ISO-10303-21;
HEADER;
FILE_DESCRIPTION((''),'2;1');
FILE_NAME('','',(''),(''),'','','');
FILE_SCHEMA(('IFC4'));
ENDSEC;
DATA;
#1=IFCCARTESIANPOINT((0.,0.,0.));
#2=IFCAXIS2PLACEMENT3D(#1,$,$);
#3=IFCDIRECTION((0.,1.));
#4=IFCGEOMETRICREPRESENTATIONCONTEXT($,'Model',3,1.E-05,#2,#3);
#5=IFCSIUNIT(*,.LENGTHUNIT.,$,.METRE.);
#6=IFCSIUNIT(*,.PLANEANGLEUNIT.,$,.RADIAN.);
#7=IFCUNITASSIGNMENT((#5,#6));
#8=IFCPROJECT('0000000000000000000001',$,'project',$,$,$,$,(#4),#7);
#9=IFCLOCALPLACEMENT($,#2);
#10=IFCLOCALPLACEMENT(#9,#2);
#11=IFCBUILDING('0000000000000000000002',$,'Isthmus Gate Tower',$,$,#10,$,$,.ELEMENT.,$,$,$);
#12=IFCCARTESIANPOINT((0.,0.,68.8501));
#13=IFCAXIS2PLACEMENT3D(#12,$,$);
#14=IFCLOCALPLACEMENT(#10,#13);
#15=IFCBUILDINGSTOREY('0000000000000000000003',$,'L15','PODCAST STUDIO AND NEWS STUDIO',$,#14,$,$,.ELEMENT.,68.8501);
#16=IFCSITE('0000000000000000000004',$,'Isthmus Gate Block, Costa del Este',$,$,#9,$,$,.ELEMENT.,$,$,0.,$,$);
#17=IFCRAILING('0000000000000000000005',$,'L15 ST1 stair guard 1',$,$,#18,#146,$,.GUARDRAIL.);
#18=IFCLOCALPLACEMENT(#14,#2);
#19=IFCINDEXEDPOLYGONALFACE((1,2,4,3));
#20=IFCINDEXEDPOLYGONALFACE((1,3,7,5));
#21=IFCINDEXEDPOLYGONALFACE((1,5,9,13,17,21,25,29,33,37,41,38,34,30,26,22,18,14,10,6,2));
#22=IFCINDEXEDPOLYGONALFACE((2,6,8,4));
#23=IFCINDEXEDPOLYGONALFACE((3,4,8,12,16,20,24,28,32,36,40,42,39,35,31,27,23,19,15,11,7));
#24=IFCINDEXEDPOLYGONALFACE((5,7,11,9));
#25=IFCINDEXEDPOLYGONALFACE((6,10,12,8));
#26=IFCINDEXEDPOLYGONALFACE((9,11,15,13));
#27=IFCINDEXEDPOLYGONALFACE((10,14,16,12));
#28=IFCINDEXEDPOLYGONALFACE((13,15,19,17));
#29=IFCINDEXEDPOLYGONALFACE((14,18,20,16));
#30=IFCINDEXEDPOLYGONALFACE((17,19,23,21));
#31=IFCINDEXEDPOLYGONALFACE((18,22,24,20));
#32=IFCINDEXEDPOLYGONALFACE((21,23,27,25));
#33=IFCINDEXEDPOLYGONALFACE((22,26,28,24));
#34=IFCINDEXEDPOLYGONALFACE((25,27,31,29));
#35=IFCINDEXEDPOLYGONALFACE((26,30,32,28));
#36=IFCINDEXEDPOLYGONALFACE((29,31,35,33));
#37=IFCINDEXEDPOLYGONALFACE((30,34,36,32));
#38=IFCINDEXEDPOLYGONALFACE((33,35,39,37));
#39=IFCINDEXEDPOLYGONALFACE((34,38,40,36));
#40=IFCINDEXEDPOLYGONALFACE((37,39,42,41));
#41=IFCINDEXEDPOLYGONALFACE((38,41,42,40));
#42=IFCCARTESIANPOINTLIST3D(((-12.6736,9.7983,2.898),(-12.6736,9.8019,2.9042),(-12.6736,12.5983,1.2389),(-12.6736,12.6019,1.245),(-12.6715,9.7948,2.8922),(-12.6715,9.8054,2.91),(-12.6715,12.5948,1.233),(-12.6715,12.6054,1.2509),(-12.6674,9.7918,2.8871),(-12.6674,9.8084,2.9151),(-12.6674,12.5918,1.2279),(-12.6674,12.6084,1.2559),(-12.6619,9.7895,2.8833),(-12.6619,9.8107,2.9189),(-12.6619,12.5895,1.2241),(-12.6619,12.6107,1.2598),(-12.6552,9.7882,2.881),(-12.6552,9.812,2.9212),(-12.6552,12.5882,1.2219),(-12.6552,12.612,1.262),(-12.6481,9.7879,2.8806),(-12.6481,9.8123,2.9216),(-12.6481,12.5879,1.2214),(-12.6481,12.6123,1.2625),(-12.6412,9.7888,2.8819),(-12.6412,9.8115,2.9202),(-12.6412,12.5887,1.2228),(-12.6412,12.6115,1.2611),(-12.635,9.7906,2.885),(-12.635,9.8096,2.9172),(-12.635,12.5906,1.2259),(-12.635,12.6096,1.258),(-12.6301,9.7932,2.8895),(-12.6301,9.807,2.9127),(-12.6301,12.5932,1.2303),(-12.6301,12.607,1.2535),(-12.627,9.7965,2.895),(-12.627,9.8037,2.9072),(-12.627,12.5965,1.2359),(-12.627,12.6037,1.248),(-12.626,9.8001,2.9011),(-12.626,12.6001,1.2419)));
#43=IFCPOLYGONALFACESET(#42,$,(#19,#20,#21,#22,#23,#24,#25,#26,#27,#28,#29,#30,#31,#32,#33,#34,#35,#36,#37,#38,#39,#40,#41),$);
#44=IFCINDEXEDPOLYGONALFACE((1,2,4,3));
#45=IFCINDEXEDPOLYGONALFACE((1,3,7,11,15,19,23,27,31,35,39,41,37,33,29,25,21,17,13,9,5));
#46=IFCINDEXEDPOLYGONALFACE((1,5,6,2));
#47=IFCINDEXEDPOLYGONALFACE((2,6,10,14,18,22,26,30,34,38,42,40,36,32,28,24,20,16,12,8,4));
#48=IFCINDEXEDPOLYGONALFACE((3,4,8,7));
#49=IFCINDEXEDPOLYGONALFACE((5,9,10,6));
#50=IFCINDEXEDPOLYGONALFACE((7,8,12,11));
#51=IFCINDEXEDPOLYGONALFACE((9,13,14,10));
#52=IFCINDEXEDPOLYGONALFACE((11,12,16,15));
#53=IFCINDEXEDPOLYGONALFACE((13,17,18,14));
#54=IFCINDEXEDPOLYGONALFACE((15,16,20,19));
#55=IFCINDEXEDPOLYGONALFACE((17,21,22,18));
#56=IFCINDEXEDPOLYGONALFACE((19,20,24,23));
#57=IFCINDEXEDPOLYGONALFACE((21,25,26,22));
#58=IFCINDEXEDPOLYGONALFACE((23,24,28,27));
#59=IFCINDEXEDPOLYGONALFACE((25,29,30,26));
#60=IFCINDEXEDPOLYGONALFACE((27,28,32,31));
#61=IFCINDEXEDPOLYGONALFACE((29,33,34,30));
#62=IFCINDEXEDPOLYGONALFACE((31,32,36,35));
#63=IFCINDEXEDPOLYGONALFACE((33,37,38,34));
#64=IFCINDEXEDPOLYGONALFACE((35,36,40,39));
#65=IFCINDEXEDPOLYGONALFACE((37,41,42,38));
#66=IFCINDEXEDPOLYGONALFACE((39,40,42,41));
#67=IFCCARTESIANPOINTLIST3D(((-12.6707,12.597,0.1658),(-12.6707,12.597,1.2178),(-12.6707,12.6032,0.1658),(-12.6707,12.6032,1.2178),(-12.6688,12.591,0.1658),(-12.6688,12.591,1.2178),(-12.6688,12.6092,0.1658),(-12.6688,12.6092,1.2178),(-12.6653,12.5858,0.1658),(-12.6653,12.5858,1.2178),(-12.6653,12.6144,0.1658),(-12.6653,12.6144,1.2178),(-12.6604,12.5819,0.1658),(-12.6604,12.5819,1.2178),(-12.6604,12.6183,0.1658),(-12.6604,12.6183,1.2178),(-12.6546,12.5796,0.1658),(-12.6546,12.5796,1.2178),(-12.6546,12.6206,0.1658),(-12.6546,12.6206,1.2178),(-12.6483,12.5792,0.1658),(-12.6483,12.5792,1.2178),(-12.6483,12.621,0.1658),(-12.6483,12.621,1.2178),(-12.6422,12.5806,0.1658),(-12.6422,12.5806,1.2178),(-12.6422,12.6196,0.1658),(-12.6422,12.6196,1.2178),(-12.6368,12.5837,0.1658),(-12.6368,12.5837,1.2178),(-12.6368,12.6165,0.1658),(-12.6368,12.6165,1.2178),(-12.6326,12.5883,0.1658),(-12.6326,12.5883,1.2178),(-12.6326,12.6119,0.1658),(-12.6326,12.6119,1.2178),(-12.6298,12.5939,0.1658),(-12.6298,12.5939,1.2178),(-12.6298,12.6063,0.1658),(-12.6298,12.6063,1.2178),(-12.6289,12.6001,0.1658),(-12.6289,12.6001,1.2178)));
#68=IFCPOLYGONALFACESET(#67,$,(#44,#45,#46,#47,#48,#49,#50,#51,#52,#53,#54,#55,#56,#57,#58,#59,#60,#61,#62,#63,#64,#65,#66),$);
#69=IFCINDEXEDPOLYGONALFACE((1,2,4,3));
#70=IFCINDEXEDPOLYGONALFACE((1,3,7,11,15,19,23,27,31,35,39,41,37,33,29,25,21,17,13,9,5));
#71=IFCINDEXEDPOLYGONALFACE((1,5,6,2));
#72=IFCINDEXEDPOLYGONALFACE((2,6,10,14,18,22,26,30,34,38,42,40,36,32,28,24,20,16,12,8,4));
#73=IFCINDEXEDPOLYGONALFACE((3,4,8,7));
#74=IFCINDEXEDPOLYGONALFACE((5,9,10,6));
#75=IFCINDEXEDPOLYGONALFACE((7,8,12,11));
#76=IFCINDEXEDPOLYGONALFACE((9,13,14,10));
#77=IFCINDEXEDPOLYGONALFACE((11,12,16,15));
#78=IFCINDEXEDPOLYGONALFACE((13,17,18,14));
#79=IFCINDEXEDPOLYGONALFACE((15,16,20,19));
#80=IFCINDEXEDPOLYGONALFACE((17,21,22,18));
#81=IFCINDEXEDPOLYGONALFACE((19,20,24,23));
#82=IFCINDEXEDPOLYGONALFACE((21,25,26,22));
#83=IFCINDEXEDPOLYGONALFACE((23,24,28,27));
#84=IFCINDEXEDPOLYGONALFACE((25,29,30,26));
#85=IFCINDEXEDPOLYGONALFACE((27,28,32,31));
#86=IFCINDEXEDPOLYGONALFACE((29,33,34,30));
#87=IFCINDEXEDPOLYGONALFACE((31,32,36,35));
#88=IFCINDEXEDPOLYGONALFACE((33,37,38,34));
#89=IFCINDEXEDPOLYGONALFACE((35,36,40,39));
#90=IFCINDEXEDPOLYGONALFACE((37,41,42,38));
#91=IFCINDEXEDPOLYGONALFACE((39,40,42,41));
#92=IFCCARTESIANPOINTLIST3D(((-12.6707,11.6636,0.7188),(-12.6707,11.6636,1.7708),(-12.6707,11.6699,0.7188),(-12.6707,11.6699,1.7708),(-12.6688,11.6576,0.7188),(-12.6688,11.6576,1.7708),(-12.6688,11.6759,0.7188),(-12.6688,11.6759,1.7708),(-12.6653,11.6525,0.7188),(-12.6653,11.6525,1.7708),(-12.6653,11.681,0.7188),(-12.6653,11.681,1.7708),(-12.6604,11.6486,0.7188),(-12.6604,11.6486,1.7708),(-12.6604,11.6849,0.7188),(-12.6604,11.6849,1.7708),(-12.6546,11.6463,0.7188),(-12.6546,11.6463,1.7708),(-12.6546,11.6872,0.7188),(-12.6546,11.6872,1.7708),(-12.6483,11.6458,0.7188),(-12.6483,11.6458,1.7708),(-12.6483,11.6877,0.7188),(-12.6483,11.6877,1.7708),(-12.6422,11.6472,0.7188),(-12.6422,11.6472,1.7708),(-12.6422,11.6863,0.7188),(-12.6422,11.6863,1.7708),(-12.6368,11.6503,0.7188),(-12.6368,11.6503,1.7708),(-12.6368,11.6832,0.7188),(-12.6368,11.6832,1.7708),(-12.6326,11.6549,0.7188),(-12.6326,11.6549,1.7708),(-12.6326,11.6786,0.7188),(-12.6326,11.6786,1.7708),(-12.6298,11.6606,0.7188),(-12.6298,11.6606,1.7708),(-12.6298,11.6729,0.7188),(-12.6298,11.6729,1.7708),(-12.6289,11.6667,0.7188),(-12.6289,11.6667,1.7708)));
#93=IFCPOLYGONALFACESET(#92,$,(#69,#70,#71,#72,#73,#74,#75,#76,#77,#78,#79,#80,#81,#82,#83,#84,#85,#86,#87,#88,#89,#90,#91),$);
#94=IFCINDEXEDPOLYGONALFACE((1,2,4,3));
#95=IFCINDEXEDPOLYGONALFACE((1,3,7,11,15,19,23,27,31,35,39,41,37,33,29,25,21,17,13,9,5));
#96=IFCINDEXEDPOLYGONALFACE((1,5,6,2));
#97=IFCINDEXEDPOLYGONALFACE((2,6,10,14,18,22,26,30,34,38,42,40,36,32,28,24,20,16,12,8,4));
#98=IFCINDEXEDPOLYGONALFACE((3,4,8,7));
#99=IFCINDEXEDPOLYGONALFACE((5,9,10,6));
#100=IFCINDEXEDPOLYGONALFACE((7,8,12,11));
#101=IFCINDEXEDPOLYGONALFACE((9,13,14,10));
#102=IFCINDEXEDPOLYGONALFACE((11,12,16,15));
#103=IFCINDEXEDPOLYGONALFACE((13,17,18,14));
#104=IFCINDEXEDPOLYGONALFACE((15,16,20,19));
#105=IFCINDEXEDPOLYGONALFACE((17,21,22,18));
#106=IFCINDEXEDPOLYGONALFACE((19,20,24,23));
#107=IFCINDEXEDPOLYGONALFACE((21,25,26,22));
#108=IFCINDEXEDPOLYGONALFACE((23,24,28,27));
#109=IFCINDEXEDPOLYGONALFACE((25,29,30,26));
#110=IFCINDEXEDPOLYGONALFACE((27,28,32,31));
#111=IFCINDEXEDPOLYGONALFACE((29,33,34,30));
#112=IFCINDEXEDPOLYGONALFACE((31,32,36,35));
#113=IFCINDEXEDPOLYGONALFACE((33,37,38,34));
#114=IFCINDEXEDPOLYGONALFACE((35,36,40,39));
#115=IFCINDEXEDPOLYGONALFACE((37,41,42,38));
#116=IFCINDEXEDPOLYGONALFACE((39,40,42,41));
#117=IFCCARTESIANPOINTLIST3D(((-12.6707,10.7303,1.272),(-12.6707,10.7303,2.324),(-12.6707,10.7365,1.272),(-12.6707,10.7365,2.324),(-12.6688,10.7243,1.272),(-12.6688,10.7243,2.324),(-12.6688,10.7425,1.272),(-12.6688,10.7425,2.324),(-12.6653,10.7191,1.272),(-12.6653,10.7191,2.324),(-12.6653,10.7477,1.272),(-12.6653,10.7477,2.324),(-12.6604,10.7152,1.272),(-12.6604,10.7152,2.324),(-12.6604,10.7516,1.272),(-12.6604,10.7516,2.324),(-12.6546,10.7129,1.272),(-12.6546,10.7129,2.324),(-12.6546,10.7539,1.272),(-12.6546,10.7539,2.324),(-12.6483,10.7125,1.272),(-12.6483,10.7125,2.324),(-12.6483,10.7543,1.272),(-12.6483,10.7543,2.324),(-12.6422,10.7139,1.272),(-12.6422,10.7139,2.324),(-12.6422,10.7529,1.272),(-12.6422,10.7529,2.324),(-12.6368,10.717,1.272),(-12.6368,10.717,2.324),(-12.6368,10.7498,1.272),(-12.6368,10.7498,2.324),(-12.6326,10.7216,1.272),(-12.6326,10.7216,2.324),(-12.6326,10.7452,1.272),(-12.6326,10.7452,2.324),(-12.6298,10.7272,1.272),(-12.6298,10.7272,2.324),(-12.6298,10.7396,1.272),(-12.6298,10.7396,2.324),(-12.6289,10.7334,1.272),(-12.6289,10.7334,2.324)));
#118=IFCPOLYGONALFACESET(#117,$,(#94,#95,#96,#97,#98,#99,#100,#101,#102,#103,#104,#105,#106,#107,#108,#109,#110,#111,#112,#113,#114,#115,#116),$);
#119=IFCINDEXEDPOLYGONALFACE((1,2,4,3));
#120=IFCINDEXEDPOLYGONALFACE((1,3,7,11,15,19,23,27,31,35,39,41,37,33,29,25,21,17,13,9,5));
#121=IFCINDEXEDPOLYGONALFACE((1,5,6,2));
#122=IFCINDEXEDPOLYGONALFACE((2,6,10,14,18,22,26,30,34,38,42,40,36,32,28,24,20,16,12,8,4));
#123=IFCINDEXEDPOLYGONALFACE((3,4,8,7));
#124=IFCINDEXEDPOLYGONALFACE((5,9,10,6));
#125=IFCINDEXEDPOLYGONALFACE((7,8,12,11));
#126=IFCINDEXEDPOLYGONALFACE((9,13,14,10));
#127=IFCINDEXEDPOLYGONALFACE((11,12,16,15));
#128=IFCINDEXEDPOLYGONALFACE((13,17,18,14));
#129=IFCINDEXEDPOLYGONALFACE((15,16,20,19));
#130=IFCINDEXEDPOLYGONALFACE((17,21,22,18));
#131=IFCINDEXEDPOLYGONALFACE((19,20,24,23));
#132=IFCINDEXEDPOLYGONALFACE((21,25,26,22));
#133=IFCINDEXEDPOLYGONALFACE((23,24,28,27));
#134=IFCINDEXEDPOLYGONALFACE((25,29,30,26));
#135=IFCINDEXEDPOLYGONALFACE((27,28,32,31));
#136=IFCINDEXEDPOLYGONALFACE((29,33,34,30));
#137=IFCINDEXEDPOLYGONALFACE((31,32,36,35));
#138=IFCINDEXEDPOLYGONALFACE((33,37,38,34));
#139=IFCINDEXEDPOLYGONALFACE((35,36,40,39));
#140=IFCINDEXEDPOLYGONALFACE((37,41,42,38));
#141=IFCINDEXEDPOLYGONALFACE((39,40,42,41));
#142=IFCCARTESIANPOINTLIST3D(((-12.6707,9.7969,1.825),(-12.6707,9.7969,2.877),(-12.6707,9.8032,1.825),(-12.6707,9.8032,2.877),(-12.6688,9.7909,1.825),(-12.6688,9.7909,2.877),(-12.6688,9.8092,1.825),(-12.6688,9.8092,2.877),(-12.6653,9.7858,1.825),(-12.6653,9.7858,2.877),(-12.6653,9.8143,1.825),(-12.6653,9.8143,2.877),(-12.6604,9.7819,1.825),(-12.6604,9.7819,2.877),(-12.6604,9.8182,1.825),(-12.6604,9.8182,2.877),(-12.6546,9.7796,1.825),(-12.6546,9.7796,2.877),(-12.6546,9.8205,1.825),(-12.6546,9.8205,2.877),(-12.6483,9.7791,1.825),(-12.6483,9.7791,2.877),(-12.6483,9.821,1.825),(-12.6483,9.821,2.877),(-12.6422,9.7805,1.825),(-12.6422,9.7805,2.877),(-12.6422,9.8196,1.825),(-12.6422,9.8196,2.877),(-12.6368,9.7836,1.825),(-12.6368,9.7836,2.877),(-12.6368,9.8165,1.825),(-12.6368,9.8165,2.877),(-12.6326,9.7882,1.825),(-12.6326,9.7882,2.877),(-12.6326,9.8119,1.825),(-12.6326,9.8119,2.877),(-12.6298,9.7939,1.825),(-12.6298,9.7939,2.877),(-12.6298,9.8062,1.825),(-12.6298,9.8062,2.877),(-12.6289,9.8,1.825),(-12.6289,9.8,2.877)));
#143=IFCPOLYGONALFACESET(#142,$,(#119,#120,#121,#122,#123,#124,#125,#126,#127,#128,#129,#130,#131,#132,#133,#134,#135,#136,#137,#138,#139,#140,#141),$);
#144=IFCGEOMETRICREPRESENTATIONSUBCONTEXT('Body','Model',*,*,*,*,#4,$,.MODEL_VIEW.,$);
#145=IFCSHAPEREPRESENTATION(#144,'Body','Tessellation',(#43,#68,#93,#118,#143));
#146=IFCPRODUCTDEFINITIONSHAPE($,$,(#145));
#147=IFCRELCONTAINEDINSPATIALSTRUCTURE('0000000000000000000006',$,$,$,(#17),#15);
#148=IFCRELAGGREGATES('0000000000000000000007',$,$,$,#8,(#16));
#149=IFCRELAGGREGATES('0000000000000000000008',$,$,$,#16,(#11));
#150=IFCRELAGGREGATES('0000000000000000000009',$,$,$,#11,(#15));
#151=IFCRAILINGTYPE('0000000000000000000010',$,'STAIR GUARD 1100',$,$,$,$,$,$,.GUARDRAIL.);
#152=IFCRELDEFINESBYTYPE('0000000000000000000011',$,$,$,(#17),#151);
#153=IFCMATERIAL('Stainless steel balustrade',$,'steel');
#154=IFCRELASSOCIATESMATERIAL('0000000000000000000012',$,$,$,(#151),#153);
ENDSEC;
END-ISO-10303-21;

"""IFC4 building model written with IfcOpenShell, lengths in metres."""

from ifc_helpers import new_model, si_unit, direction, frame, origin, origin_2d, place, context, subcontext, project, spatial, circle, extrude, material, type_object, element, save


model = new_model("IFC4")

# Units and contexts
model_context = context("Model", 3, precision=1e-05, world=origin(), true_north=direction((0.0, 1.0)))
body_context = subcontext(model_context, "Body", "Model", "MODEL_VIEW")
ifc_project = project(units=[si_unit("LENGTHUNIT", "METRE"), si_unit("PLANEANGLEUNIT", "RADIAN")], contexts=[model_context])

# Site, building, storey
site_placement = place(None, origin())
site = spatial("IfcSite", under=ifc_project, at=site_placement, Name="Isthmus Gate Block, Costa del Este", CompositionType="ELEMENT", RefElevation=0.0)
building_placement = place(site_placement, origin())
building = spatial("IfcBuilding", under=site, at=building_placement, Name="Isthmus Gate Tower", CompositionType="ELEMENT")
storey_placement = place(building_placement, frame((0.0, 0.0, 68.8501)))
storey = spatial("IfcBuildingStorey", under=building, at=storey_placement, Name="L15", Description="PODCAST STUDIO AND NEWS STUDIO", CompositionType="ELEMENT", Elevation=68.8501)

# Railing
ifc_material_1 = material(Name="Stainless steel balustrade", Category="steel")
railing_type_1 = type_object("IfcRailingType", Name="STAIR GUARD 1100", PredefinedType="GUARDRAIL", material=ifc_material_1)
railing_1_placement = place(storey_placement, frame((-12.6499, 12.6001, 0.1658)))
element("IfcRailing", 1, at=railing_1_placement, inside=storey, type_object=railing_type_1, Name="L15 ST1 stair guard 1", PredefinedType="GUARDRAIL", context=body_context, shape_type="SweptSolid", body=[
    extrude(circle(Radius=0.0239, at=origin_2d()), frame((0.0, 0.0, 1.0762), z_axis=(0.0, -0.860306, 0.509778), x_axis=(1.0, 0.0, 0.0)), (0.0, 0.0, 1.0), 3.2546),
    extrude(circle(Radius=0.021, at=origin_2d()), origin(), (0.0, 0.0, 1.0), 1.052),
    extrude(circle(Radius=0.021, at=origin_2d()), frame((0.0, -0.9333, 0.553)), (0.0, 0.0, 1.0), 1.052),
    extrude(circle(Radius=0.021, at=origin_2d()), frame((0.0, -1.8667, 1.1062)), (0.0, 0.0, 1.0), 1.052),
    extrude(circle(Radius=0.021, at=origin_2d()), frame((0.0, -2.8, 1.6592)), (0.0, 0.0, 1.0), 1.052),
])

save(model, "model.ifc")
